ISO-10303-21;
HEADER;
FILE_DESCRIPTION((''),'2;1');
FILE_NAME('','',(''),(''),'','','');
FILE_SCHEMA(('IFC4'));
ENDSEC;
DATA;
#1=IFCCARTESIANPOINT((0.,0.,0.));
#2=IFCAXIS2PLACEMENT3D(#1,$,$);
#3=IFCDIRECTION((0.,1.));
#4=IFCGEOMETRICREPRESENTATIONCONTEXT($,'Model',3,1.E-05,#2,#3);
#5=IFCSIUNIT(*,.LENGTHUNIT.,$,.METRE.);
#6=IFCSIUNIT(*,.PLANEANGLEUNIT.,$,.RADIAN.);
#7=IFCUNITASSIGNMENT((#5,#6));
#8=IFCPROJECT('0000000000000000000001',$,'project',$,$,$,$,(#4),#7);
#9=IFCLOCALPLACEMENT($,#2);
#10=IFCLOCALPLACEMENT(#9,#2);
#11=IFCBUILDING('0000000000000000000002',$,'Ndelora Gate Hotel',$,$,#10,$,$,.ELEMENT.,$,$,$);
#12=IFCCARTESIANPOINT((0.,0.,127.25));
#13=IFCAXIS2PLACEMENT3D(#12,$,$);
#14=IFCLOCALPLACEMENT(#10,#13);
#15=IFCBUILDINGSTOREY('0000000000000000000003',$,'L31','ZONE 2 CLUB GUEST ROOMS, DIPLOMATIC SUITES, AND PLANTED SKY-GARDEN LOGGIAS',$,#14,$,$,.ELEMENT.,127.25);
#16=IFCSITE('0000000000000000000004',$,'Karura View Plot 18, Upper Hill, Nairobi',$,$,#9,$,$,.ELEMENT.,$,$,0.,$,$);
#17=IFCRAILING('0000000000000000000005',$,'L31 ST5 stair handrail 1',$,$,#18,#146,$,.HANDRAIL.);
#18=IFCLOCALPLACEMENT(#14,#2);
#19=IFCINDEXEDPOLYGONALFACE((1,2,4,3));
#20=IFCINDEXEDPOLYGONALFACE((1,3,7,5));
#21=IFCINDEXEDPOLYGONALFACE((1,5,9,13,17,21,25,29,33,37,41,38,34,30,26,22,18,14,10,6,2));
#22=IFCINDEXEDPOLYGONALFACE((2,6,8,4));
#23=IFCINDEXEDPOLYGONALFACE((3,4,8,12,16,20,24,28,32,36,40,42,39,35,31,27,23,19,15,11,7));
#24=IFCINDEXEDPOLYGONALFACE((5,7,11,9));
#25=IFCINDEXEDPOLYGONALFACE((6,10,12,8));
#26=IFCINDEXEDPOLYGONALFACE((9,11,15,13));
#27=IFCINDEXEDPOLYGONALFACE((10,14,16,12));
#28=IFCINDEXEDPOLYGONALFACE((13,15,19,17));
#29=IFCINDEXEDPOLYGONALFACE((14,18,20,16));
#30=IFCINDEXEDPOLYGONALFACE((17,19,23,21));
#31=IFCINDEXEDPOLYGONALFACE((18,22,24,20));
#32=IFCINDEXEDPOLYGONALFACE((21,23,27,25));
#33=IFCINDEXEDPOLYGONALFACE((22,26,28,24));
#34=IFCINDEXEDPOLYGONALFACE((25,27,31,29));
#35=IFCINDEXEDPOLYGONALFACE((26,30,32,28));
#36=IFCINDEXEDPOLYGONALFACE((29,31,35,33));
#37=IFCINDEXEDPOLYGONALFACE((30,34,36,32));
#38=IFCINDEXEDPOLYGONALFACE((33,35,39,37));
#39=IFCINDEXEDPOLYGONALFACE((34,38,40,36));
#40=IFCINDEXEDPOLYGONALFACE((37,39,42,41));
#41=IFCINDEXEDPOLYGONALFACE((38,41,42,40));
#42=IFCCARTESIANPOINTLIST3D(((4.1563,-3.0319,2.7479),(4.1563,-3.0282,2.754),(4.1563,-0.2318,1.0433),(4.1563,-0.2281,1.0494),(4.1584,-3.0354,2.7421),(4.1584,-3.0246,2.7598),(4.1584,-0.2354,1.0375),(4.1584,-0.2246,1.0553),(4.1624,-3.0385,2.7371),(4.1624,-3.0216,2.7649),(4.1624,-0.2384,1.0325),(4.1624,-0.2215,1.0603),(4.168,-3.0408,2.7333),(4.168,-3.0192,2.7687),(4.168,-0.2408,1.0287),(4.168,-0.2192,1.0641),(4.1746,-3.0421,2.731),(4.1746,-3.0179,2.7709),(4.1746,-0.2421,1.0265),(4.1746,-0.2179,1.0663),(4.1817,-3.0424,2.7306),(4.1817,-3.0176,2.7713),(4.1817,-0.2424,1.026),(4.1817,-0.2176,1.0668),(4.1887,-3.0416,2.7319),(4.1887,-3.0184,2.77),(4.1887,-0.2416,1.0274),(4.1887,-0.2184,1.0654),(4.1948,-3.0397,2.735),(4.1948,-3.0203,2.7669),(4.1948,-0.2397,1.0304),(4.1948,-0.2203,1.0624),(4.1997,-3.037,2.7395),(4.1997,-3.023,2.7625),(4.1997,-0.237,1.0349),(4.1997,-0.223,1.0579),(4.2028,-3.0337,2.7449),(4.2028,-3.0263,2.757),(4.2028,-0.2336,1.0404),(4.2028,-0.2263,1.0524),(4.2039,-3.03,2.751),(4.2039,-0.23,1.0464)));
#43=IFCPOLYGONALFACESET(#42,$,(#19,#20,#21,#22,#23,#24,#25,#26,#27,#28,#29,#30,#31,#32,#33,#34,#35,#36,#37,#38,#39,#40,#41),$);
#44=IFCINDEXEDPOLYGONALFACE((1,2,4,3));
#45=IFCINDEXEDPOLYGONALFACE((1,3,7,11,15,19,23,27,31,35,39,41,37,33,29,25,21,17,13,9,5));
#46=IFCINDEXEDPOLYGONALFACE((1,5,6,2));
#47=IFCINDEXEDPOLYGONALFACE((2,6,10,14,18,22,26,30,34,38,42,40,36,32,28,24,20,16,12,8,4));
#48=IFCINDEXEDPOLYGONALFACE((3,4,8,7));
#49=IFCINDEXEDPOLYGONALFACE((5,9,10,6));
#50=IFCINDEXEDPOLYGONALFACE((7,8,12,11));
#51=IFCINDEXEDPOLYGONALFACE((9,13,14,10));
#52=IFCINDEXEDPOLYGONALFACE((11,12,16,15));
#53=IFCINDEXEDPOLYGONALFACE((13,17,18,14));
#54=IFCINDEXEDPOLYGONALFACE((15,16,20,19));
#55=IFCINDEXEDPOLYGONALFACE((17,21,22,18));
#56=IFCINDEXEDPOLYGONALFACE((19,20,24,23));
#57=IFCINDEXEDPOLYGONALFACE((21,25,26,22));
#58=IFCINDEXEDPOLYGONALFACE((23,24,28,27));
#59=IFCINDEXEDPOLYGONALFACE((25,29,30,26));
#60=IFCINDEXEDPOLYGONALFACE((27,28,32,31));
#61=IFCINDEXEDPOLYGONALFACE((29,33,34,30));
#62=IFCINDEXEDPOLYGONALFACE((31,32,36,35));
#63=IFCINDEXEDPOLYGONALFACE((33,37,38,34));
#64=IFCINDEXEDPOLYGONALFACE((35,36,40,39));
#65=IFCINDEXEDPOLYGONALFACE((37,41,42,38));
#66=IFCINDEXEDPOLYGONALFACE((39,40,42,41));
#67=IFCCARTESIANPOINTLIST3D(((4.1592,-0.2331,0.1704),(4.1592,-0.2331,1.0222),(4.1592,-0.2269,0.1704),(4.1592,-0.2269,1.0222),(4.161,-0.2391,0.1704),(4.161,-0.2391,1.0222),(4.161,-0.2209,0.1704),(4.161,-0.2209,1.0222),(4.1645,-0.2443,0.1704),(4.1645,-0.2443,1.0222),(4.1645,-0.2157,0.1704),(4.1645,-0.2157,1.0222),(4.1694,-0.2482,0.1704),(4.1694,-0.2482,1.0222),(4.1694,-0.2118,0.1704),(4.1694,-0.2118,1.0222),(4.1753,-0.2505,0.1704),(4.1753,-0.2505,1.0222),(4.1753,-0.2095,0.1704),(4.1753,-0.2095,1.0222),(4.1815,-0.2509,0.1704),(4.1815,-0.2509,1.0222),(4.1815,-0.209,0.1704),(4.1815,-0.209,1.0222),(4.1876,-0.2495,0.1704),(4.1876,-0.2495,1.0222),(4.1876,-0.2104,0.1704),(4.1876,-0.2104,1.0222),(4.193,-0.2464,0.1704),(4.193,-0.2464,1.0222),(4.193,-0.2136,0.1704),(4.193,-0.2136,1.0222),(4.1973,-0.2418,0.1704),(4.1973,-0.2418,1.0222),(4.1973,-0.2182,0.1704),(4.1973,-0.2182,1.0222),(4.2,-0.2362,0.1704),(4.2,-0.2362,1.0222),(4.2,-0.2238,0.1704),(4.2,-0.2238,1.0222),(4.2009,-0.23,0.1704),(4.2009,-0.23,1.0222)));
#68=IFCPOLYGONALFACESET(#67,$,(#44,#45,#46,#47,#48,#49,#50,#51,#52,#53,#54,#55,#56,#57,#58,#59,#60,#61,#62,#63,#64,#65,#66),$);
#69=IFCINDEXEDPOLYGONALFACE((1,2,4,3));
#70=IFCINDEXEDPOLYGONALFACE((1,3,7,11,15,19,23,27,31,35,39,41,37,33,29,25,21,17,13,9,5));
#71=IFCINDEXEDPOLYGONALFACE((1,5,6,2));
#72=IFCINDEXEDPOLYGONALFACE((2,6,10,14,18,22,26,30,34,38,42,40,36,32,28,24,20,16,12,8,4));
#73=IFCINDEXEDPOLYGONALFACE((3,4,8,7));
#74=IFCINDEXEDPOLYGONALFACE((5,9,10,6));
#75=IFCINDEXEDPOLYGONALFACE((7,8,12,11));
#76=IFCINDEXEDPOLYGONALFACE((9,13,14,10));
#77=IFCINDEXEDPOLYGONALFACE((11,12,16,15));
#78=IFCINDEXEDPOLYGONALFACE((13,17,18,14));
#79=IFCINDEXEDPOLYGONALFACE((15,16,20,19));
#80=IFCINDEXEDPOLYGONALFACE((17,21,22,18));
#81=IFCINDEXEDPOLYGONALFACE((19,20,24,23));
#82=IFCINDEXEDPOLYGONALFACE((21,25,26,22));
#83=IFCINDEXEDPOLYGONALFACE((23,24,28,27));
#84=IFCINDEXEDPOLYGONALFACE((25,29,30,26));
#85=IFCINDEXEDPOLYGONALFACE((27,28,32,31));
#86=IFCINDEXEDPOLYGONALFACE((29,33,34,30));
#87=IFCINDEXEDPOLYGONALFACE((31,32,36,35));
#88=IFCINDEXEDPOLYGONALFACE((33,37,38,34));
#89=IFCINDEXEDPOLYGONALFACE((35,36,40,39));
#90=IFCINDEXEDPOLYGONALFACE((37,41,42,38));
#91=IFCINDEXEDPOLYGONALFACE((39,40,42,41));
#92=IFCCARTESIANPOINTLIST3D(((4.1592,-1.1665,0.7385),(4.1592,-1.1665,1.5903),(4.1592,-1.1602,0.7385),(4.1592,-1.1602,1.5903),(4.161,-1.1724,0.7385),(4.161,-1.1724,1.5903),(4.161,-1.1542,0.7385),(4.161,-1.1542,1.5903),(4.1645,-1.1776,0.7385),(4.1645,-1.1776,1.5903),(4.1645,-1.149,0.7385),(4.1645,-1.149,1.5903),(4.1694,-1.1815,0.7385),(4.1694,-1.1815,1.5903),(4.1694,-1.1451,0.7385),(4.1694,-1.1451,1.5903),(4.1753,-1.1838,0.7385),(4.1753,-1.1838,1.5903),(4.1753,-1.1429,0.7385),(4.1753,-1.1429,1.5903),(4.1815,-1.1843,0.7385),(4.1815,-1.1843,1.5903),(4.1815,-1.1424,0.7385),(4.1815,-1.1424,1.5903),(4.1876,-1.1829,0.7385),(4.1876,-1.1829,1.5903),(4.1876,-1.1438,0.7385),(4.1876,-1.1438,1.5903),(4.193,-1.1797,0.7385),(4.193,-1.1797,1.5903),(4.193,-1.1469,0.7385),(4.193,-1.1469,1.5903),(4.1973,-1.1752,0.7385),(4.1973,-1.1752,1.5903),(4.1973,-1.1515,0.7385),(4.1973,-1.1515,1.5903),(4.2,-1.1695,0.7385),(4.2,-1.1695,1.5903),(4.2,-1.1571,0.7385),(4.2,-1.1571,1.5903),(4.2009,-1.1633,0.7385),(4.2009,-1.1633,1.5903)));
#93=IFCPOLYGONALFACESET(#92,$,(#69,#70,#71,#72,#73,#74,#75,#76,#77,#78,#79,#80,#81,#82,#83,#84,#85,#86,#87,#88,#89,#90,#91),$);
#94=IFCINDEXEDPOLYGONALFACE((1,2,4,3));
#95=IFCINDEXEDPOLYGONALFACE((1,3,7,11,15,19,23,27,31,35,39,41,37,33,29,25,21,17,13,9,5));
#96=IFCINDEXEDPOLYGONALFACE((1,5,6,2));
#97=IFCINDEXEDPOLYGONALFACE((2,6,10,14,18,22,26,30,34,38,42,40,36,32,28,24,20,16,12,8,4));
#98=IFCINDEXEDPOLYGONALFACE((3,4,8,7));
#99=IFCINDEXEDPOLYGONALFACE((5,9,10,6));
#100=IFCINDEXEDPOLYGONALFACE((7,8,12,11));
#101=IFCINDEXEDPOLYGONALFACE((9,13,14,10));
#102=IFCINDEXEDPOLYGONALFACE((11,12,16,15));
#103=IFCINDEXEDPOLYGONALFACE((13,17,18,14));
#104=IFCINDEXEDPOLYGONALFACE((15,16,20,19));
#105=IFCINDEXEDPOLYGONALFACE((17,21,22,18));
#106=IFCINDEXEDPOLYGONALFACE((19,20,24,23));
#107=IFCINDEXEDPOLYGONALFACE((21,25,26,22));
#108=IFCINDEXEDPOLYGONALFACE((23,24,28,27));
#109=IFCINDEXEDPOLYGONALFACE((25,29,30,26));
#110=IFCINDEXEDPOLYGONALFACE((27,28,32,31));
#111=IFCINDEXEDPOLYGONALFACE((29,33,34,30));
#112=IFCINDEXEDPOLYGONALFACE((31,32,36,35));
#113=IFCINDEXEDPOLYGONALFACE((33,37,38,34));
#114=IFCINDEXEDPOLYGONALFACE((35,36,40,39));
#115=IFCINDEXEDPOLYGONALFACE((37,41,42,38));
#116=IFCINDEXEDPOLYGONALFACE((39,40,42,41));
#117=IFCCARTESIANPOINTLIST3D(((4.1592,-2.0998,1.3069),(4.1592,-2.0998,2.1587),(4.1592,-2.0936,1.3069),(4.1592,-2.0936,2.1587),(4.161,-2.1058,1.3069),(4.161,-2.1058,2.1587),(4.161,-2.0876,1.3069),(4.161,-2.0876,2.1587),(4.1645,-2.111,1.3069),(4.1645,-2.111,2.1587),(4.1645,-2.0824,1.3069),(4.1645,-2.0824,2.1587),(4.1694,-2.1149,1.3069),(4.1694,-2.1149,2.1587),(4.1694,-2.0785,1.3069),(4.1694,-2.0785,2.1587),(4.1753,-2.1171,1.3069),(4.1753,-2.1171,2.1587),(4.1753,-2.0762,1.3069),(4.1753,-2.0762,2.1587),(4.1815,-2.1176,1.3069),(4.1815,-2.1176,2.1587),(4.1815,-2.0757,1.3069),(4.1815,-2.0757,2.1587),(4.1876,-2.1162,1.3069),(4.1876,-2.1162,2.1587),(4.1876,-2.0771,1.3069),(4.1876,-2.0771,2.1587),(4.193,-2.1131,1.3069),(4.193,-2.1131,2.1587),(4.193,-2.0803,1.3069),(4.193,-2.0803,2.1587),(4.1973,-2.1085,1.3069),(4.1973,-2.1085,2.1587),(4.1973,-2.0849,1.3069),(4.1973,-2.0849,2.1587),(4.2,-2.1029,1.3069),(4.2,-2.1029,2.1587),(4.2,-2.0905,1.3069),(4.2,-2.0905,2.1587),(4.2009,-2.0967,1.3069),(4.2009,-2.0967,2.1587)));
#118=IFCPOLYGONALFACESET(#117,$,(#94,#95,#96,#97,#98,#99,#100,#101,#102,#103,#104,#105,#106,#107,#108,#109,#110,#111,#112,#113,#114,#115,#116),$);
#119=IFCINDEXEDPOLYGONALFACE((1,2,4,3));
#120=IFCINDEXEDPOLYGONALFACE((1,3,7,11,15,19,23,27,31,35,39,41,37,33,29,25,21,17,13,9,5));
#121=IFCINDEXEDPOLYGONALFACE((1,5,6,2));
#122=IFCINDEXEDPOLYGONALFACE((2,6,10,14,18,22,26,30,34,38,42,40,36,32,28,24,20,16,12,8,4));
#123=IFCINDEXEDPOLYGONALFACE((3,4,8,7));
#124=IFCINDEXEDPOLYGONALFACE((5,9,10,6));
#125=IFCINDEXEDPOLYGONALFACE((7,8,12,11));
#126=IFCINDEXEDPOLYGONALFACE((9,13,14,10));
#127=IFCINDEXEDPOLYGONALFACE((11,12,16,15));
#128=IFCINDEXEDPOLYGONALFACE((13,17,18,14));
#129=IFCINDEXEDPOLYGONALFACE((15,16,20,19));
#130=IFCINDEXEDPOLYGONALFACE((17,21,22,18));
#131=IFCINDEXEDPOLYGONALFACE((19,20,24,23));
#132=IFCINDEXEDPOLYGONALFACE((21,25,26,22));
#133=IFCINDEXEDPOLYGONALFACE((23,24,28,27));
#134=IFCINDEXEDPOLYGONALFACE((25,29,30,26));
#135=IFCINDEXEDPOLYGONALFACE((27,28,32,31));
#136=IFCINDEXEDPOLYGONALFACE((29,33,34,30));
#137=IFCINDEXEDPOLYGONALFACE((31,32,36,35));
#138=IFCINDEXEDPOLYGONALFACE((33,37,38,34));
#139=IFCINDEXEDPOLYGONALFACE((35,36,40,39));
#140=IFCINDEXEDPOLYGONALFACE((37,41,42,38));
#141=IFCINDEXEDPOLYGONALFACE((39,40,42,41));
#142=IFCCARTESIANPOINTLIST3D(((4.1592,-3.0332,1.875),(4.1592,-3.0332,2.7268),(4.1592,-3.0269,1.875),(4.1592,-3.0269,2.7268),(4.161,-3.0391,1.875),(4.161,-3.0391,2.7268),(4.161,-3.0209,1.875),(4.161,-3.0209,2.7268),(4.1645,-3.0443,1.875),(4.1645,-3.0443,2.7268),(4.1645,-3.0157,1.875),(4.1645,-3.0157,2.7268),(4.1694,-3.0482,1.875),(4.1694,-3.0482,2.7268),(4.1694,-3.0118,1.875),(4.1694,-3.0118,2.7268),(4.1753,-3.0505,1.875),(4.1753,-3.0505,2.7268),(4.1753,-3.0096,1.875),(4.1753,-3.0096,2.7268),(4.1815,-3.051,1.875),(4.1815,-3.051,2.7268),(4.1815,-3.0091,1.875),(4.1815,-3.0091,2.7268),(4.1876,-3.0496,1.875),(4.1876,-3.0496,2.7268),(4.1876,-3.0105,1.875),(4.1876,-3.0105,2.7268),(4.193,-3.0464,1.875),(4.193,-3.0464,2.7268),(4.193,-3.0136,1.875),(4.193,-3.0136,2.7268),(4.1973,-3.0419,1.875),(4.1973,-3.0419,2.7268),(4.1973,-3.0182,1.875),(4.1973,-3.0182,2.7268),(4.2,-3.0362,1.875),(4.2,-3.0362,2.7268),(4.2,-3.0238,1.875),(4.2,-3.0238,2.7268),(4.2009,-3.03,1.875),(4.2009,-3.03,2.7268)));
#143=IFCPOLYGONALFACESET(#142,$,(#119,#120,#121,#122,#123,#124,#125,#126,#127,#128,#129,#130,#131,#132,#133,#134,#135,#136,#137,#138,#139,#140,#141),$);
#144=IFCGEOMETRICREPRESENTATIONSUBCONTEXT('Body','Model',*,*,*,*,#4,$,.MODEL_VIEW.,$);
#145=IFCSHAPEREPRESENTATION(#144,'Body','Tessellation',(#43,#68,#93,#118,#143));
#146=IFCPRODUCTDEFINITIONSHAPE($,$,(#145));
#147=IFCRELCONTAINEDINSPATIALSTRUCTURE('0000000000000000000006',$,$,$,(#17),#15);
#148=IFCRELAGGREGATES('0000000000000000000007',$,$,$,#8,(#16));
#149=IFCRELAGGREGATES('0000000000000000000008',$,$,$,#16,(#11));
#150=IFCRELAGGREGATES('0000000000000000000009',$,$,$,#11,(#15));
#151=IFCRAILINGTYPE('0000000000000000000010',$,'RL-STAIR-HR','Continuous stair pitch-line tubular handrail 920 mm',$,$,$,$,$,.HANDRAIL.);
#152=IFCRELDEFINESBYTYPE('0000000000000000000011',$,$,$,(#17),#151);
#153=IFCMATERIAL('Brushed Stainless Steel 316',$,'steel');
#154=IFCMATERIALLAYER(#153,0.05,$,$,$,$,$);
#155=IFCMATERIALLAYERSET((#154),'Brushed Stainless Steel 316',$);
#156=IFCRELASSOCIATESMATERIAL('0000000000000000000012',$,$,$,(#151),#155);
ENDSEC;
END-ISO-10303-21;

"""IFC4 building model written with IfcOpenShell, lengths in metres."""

from ifc_helpers import new_model, si_unit, direction, frame, origin, origin_2d, place, context, subcontext, project, spatial, circle, extrude, material, layer, layer_set, type_object, element, save


model = new_model("IFC4")

# Units and contexts
model_context = context("Model", 3, precision=1e-05, world=origin(), true_north=direction((0.0, 1.0)))
body_context = subcontext(model_context, "Body", "Model", "MODEL_VIEW")
ifc_project = project(units=[si_unit("LENGTHUNIT", "METRE"), si_unit("PLANEANGLEUNIT", "RADIAN")], contexts=[model_context])

# Site, building, storey
site_placement = place(None, origin())
site = spatial("IfcSite", under=ifc_project, at=site_placement, Name="Karura View Plot 18, Upper Hill, Nairobi", CompositionType="ELEMENT", RefElevation=0.0)
building_placement = place(site_placement, origin())
building = spatial("IfcBuilding", under=site, at=building_placement, Name="Ndelora Gate Hotel", CompositionType="ELEMENT")
storey_placement = place(building_placement, frame((0.0, 0.0, 127.25)))
storey = spatial("IfcBuildingStorey", under=building, at=storey_placement, Name="L31", Description="ZONE 2 CLUB GUEST ROOMS, DIPLOMATIC SUITES, AND PLANTED SKY-GARDEN LOGGIAS", CompositionType="ELEMENT", Elevation=127.25)

# Railing
ifc_material_1 = material(Name="Brushed Stainless Steel 316", Category="steel")
ifc_layer_1 = layer(ifc_material_1, 0.05)
ifc_layer_set_1 = layer_set([ifc_layer_1], Name="Brushed Stainless Steel 316")
railing_type_1 = type_object("IfcRailingType", Name="RL-STAIR-HR", Description="Continuous stair pitch-line tubular handrail 920 mm", PredefinedType="HANDRAIL", material=ifc_layer_set_1)
railing_1_placement = place(storey_placement, frame((4.1799, -0.23, 0.1704)))
element("IfcRailing", 1, at=railing_1_placement, inside=storey, type_object=railing_type_1, Name="L31 ST5 stair handrail 1", PredefinedType="HANDRAIL", context=body_context, shape_type="SweptSolid", body=[
    extrude(circle(Radius=0.0239, at=origin_2d()), frame((0.0, 0.0, 0.876), z_axis=(0.0, -0.85417, 0.519994), x_axis=(1.0, 0.0, 0.0)), (0.0, 0.0, 1.0), 3.2781),
    extrude(circle(Radius=0.021, at=origin_2d()), origin(), (0.0, 0.0, 1.0), 0.8518),
    extrude(circle(Radius=0.021, at=origin_2d()), frame((0.0, -0.9333, 0.5681)), (0.0, 0.0, 1.0), 0.8518),
    extrude(circle(Radius=0.021, at=origin_2d()), frame((0.0, -1.8667, 1.1365)), (0.0, 0.0, 1.0), 0.8518),
    extrude(circle(Radius=0.021, at=origin_2d()), frame((0.0, -2.8, 1.7046)), (0.0, 0.0, 1.0), 0.8518),
])

save(model, "model.ifc")
